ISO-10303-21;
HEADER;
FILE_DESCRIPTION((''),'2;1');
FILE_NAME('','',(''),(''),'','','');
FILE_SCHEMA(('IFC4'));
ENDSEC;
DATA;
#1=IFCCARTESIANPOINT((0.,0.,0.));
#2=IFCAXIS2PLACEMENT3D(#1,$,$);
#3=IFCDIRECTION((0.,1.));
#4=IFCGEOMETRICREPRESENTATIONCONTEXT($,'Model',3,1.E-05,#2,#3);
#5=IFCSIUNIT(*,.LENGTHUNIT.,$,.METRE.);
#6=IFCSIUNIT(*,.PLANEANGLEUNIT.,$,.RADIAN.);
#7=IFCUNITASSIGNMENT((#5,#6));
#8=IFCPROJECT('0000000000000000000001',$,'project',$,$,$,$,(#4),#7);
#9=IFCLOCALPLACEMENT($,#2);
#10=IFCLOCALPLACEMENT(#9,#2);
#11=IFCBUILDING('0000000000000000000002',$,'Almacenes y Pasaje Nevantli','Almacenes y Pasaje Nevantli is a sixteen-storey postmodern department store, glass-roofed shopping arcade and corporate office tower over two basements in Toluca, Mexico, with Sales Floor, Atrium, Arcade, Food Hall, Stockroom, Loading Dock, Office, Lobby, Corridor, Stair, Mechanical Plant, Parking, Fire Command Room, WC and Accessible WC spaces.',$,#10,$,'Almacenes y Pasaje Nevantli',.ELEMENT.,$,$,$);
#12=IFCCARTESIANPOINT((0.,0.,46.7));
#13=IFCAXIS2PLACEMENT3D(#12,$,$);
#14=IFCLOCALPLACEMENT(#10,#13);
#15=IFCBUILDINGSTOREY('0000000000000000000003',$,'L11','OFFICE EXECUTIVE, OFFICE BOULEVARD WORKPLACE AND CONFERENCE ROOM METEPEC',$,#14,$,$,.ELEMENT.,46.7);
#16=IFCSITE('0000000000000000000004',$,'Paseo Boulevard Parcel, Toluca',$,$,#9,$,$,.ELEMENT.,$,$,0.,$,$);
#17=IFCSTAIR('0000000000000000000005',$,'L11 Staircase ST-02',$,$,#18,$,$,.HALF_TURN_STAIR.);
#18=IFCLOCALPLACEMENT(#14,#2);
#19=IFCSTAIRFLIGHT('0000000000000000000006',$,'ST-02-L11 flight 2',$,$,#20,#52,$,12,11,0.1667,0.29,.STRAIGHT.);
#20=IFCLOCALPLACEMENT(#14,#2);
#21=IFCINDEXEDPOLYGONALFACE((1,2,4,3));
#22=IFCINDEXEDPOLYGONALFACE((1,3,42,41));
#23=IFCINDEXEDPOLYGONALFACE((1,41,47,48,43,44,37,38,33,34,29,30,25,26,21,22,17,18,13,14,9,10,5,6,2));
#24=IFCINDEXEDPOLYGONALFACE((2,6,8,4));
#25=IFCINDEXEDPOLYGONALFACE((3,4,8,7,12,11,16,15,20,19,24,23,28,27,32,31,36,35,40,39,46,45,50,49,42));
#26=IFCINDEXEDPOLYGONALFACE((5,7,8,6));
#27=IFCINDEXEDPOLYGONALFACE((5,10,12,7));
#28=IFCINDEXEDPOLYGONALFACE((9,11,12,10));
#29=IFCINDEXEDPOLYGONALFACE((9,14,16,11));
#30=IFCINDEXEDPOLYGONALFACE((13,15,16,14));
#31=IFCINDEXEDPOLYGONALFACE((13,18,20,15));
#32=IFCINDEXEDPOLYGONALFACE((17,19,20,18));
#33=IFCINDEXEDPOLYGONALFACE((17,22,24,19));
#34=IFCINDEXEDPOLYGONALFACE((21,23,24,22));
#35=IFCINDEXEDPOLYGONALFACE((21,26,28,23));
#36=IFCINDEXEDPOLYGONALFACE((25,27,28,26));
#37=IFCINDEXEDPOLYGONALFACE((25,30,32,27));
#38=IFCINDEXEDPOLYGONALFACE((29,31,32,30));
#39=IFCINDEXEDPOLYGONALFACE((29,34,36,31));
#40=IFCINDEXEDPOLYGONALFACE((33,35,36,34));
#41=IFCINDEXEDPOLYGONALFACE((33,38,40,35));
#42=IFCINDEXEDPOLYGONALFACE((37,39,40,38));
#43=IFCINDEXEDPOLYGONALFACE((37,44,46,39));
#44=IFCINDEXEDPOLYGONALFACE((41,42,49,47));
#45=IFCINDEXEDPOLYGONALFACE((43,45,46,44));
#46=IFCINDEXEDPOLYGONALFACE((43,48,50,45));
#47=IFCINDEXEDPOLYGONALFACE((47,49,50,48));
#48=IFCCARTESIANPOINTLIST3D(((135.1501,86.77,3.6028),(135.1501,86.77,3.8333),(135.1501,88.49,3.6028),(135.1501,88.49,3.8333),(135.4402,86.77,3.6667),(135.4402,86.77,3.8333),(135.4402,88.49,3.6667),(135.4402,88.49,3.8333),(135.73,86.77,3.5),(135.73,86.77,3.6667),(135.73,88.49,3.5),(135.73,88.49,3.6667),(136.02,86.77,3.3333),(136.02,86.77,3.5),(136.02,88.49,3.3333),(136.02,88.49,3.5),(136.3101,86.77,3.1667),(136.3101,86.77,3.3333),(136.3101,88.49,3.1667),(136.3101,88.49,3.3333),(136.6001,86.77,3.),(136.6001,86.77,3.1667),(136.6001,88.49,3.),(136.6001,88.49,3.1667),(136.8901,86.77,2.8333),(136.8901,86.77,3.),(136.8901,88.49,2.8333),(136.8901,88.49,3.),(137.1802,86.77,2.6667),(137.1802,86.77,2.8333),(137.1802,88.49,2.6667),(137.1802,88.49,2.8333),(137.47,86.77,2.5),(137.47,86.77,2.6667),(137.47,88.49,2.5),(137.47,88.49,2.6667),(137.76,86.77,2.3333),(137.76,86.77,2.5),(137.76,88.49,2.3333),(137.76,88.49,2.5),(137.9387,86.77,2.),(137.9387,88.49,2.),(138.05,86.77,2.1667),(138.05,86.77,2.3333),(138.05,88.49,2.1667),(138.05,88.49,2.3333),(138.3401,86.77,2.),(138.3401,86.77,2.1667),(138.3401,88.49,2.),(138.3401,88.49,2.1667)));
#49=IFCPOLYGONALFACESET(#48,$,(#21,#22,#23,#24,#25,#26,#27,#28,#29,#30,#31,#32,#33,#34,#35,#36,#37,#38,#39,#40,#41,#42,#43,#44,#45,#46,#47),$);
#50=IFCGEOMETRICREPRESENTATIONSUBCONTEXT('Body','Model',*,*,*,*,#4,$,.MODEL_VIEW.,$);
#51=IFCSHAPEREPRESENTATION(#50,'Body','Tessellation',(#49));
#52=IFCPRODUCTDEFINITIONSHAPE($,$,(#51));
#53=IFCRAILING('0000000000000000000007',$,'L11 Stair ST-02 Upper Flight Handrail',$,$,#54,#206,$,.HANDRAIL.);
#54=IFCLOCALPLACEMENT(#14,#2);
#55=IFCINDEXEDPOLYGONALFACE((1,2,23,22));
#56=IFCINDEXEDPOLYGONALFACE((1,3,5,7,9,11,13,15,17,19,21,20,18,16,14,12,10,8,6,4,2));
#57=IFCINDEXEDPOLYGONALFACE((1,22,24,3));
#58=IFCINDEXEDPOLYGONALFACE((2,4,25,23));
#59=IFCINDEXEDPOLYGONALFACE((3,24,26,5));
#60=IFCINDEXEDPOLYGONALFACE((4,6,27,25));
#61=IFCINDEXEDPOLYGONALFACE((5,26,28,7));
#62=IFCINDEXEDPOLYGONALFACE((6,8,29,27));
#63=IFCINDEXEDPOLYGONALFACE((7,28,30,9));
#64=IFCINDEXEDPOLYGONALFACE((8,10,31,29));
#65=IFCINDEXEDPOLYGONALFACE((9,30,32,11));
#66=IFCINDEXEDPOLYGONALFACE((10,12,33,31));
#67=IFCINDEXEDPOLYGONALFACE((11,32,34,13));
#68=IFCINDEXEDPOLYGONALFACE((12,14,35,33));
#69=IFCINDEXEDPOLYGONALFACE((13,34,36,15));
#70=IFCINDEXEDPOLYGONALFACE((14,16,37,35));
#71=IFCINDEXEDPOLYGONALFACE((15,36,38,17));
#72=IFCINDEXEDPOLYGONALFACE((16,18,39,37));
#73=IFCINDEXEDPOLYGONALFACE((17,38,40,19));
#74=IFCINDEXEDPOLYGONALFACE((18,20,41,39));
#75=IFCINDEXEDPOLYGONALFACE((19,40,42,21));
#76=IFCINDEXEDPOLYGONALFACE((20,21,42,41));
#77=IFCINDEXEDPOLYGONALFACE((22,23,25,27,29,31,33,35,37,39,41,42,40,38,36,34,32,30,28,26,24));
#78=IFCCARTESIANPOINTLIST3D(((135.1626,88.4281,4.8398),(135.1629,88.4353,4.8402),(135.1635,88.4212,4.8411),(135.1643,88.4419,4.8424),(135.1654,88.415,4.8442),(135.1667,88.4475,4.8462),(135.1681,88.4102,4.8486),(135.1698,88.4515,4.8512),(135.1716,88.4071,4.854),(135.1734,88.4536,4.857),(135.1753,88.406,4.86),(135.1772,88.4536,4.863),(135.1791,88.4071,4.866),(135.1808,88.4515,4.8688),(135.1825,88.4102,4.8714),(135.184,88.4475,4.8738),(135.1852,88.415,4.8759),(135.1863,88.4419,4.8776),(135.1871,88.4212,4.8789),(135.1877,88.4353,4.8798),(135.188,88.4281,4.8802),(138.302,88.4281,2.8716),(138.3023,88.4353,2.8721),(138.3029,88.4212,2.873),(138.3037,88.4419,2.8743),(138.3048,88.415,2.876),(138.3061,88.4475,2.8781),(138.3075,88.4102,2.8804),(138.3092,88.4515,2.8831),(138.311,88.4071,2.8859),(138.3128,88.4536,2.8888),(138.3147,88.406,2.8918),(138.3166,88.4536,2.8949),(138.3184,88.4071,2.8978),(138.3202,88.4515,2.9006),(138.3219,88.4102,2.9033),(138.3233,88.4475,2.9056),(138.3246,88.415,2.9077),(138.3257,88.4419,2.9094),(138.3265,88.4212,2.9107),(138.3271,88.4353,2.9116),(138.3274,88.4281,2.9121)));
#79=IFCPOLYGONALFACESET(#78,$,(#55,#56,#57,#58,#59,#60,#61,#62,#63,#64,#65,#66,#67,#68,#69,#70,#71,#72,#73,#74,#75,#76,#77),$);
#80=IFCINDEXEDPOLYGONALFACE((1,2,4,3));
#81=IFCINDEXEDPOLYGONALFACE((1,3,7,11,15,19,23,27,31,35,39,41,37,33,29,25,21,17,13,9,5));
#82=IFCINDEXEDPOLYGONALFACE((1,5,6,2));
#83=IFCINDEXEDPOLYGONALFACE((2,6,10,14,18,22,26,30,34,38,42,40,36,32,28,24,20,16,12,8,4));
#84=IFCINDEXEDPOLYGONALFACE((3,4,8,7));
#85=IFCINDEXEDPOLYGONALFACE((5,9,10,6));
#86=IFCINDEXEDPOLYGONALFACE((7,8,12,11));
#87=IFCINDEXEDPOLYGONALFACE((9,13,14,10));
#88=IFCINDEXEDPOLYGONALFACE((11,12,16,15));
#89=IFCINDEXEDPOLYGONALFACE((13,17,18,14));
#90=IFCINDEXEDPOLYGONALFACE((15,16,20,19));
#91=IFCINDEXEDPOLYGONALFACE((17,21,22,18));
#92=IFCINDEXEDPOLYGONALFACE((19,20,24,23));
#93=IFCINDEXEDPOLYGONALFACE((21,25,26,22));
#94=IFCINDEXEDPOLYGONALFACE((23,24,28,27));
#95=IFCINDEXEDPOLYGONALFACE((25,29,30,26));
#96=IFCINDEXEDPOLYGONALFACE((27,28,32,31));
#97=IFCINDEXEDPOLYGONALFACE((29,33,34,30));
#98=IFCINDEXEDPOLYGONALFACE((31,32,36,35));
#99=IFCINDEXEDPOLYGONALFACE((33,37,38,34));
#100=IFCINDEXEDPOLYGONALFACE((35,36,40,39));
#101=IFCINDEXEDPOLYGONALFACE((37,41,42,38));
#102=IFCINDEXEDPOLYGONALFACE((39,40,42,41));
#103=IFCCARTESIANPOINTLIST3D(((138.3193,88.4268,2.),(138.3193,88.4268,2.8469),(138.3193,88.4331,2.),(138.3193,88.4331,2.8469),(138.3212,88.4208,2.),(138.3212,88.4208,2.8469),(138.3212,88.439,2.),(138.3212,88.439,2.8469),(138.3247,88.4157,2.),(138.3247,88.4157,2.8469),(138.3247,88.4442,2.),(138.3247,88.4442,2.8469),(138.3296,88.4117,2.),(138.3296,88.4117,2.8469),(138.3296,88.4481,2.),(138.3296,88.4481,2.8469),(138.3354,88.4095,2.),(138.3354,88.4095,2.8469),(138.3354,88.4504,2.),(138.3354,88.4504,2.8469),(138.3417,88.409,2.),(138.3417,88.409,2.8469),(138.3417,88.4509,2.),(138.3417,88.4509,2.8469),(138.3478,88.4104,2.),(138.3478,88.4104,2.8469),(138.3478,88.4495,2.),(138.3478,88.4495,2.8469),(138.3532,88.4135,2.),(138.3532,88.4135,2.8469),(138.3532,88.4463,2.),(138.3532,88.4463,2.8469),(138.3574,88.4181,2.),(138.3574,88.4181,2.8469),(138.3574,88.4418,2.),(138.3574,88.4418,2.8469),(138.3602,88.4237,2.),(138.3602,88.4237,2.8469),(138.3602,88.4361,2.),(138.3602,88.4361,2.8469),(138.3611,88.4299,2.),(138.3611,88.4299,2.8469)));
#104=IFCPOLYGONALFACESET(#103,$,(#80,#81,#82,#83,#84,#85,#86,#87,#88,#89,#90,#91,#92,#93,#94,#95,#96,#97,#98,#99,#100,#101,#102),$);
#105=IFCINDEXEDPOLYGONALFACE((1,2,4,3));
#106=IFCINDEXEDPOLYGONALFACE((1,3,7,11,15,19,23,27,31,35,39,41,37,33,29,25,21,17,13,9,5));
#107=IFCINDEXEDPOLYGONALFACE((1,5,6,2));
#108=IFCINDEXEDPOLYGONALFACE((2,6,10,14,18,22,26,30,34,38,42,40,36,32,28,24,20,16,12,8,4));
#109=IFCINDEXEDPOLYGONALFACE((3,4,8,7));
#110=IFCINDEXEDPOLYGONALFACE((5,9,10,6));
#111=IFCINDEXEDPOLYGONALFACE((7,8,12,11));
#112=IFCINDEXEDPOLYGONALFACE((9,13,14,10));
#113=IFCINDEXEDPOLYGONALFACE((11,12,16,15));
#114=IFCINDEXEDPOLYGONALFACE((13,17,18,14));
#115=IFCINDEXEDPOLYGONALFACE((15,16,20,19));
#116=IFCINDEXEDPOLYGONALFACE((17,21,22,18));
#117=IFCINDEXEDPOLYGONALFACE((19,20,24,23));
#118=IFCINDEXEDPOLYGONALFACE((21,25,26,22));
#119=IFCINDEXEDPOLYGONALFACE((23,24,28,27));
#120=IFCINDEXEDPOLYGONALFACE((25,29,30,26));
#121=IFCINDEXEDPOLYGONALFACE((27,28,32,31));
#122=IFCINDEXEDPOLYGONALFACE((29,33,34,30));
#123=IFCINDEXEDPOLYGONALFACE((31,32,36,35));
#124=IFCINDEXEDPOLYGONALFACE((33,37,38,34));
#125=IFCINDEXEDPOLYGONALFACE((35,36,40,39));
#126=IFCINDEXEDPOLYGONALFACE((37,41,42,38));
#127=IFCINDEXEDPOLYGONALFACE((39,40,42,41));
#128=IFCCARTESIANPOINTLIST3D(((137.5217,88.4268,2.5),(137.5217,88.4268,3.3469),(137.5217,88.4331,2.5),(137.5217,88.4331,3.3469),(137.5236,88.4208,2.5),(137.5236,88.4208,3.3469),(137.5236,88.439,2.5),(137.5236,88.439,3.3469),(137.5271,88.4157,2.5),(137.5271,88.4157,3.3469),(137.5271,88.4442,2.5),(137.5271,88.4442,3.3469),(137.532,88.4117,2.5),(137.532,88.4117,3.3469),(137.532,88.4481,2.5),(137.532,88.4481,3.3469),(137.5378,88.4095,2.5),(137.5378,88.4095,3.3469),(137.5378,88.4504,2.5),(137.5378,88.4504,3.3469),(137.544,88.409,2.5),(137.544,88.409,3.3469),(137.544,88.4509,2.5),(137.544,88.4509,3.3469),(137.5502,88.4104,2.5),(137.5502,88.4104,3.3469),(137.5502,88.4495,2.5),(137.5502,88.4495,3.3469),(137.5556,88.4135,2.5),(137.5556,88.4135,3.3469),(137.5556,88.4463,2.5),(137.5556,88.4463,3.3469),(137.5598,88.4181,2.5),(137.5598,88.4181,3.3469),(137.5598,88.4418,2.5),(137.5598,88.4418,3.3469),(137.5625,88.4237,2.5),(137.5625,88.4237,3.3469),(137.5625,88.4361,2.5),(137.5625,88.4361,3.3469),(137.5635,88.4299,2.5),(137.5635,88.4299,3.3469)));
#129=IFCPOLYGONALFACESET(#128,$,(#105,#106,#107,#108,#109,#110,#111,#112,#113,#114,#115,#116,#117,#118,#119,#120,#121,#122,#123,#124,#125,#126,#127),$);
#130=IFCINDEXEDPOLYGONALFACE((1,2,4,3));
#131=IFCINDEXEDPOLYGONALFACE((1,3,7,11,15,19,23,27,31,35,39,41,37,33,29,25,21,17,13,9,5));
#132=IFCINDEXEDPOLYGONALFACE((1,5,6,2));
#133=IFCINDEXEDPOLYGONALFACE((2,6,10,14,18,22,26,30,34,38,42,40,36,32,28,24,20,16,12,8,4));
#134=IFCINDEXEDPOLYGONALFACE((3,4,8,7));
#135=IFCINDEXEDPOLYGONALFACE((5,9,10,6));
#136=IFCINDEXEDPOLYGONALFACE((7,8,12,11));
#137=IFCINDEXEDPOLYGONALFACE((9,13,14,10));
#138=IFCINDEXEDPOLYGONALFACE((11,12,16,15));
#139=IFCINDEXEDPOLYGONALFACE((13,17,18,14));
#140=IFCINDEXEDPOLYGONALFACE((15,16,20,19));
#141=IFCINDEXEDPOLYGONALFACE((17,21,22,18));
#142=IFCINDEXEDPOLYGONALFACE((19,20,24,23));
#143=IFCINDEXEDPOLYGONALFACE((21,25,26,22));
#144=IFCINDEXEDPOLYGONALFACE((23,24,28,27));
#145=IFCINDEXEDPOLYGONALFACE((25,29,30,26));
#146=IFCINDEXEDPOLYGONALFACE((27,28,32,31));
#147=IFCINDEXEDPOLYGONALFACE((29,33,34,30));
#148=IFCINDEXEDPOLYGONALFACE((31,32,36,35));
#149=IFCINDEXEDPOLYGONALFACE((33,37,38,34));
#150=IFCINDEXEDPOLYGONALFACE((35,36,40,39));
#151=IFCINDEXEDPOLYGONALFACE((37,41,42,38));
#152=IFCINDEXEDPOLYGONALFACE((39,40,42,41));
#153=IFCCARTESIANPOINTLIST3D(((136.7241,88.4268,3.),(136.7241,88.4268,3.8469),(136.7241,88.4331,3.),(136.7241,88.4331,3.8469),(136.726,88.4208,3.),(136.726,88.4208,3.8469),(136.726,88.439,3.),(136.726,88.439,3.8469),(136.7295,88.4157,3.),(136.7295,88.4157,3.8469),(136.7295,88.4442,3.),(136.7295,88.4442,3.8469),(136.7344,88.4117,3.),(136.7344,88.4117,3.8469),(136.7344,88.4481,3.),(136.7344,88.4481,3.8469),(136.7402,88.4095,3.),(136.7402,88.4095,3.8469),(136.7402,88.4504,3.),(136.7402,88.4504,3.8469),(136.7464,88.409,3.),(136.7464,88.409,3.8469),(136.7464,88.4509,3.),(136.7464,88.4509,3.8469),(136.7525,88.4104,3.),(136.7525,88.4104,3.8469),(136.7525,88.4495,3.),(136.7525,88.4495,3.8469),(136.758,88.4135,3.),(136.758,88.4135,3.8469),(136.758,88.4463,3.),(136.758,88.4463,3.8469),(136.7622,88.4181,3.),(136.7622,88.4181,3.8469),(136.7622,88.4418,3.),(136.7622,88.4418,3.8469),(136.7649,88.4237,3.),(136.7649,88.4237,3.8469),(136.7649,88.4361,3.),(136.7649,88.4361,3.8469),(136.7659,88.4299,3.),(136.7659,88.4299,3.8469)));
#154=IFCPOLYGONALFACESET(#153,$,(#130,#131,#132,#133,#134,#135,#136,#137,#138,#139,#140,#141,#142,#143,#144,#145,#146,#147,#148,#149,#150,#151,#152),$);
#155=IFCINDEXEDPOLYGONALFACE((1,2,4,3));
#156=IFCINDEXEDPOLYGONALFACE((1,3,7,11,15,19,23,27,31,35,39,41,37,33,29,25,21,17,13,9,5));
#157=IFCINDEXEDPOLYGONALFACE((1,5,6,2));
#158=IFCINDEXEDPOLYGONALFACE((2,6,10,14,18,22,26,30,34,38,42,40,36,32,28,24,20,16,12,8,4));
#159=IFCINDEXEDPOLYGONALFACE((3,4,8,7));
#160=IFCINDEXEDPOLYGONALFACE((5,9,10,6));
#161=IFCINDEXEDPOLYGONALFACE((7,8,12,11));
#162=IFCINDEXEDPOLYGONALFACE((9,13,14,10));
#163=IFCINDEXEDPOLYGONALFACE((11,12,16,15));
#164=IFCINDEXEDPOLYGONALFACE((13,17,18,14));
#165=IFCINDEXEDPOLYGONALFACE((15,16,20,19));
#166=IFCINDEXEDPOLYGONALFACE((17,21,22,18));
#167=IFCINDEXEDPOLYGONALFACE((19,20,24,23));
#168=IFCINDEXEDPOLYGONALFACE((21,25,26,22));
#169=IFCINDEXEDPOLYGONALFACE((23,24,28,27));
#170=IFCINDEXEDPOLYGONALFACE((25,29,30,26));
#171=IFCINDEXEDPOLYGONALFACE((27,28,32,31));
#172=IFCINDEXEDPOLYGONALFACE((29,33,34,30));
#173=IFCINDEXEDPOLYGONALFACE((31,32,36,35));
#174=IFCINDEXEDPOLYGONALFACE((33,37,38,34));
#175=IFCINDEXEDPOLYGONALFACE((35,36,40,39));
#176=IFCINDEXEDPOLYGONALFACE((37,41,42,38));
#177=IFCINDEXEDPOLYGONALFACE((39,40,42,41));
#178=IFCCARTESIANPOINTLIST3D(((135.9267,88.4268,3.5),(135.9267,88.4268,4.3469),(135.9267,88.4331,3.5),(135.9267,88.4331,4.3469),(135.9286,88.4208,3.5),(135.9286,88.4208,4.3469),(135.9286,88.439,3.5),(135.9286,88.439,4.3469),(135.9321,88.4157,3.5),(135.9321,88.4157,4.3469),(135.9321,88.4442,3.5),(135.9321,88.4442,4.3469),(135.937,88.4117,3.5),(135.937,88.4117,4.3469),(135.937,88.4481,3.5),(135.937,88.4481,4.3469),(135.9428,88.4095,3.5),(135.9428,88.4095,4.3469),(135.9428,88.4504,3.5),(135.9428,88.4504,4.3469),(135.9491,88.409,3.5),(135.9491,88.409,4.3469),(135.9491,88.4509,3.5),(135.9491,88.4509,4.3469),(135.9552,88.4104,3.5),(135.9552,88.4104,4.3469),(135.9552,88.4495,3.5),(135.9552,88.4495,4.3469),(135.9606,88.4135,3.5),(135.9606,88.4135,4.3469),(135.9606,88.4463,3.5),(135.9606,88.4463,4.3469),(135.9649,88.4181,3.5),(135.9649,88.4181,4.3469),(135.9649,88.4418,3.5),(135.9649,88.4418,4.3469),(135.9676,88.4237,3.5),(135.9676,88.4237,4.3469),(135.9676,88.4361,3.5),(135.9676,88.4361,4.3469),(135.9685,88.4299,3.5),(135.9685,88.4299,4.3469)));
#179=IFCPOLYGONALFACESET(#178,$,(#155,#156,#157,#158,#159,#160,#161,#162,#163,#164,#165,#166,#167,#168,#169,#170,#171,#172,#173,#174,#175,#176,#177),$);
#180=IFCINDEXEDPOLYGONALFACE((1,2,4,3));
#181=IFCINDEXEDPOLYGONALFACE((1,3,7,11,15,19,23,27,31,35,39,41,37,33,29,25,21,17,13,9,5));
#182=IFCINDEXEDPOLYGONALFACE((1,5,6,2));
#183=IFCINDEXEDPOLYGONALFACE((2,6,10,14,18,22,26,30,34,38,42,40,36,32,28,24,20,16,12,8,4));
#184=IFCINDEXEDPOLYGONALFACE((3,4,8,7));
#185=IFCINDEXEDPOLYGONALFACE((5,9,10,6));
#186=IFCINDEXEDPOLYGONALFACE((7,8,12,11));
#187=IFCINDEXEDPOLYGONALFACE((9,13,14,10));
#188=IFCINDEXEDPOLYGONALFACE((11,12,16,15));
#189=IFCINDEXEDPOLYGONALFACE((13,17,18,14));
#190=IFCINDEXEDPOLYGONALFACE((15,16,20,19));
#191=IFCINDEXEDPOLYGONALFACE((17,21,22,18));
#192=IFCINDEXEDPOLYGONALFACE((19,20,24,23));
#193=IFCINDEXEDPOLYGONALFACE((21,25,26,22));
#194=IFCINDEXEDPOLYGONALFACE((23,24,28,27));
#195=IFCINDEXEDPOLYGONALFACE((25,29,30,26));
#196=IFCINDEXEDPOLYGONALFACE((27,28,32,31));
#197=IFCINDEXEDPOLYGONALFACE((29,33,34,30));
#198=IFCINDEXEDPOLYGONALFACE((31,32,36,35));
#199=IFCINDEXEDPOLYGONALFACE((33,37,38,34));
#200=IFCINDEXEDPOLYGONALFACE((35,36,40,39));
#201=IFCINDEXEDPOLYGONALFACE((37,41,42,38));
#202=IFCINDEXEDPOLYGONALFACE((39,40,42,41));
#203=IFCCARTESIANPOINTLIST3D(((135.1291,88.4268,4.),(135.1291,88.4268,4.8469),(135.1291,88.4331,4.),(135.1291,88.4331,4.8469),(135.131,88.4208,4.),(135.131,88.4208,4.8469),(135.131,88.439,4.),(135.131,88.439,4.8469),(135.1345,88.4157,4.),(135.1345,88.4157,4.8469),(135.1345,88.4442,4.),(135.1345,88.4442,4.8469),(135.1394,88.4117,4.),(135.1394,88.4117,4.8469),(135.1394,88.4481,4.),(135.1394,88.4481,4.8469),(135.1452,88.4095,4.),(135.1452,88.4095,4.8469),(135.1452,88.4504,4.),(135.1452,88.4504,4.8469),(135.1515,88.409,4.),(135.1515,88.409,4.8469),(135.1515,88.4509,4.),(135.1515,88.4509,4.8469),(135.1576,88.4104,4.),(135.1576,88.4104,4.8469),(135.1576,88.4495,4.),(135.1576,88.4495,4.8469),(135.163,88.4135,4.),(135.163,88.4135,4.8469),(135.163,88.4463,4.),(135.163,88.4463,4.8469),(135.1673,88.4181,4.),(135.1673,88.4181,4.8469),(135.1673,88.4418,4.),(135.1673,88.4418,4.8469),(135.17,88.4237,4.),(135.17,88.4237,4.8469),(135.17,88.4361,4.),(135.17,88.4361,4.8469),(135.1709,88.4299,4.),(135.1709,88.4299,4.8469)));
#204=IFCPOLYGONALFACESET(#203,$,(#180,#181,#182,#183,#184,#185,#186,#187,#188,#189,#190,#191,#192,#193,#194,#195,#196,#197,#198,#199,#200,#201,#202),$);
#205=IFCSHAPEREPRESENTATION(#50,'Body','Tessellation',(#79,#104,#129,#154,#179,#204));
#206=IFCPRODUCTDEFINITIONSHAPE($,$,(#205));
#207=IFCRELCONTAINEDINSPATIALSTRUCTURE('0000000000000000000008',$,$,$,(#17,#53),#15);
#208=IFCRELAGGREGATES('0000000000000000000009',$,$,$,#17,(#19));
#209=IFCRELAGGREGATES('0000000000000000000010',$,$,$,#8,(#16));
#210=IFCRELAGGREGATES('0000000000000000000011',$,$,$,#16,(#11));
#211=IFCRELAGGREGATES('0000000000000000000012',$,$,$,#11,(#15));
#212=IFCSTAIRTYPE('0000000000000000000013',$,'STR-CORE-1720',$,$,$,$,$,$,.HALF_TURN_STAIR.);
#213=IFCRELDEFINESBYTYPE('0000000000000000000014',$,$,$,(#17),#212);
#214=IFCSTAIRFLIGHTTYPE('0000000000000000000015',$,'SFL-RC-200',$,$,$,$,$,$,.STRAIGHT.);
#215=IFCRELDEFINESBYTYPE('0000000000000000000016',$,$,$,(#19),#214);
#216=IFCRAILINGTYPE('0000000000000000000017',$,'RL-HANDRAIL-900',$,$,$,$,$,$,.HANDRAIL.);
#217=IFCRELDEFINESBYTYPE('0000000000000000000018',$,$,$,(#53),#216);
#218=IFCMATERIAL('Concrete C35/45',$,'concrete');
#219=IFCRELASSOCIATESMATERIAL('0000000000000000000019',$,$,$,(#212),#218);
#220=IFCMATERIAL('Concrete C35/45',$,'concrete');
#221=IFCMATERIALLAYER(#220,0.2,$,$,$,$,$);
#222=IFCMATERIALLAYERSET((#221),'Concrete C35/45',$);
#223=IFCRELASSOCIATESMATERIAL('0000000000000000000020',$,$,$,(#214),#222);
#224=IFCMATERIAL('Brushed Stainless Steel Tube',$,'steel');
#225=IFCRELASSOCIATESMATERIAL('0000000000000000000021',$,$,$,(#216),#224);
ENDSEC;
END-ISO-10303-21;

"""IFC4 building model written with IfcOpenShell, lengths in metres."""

from ifc_helpers import new_model, si_unit, direction, frame, origin, origin_2d, place, context, subcontext, project, spatial, polyline, circle, outline, extrude, material, layer, layer_set, type_object, element, aggregate, save


model = new_model("IFC4")

# Units and contexts
model_context = context("Model", 3, precision=1e-05, world=origin(), true_north=direction((0.0, 1.0)))
body_context = subcontext(model_context, "Body", "Model", "MODEL_VIEW")
ifc_project = project(units=[si_unit("LENGTHUNIT", "METRE"), si_unit("PLANEANGLEUNIT", "RADIAN")], contexts=[model_context])

# Site, building, storey
site_placement = place(None, origin())
site = spatial("IfcSite", under=ifc_project, at=site_placement, Name="Paseo Boulevard Parcel, Toluca", CompositionType="ELEMENT", RefElevation=0.0)
building_placement = place(site_placement, origin())
building = spatial("IfcBuilding", under=site, at=building_placement, Name="Almacenes y Pasaje Nevantli", Description="Almacenes y Pasaje Nevantli is a sixteen-storey postmodern department store, glass-roofed shopping arcade and corporate office tower over two basements in Toluca, Mexico, with Sales Floor, Atrium, Arcade, Food Hall, Stockroom, Loading Dock, Office, Lobby, Corridor, Stair, Mechanical Plant, Parking, Fire Command Room, WC and Accessible WC spaces.", LongName="Almacenes y Pasaje Nevantli", CompositionType="ELEMENT")
storey_placement = place(building_placement, frame((0.0, 0.0, 46.7)))
storey = spatial("IfcBuildingStorey", under=building, at=storey_placement, Name="L11", Description="OFFICE EXECUTIVE, OFFICE BOULEVARD WORKPLACE AND CONFERENCE ROOM METEPEC", CompositionType="ELEMENT", Elevation=46.7)

# Stair, stair flight
ifc_material_1 = material(Name="Concrete C35/45", Category="concrete")
stair_type = type_object("IfcStairType", Name="STR-CORE-1720", PredefinedType="HALF_TURN_STAIR", material=ifc_material_1)
stair_placement = place(storey_placement, origin())
stair = element("IfcStair", 1, at=stair_placement, inside=storey, type_object=stair_type, Name="L11 Staircase ST-02", PredefinedType="HALF_TURN_STAIR")
ifc_material_2 = material(Name="Concrete C35/45", Category="concrete")
ifc_layer_1 = layer(ifc_material_2, 0.2)
ifc_layer_set_1 = layer_set([ifc_layer_1], Name="Concrete C35/45")
stair_flight_type = type_object("IfcStairFlightType", Name="SFL-RC-200", PredefinedType="STRAIGHT", material=ifc_layer_set_1)
stair_flight_placement = place(storey_placement, frame((138.3401, 87.6299, 2.0), z_axis=(0.0, 0.0, 1.0), x_axis=(-1.0, 0.0, 0.0)))
stair_flight = element("IfcStairFlight", 2, at=stair_flight_placement, type_object=stair_flight_type, Name="ST-02-L11 flight 2", NumberOfRisers=12, NumberOfTreads=11, PredefinedType="STRAIGHT", RiserHeight=0.1667, TreadLength=0.29, context=body_context, shape_type="SweptSolid", body=[
    extrude(outline(polyline([(0.0, 0.0), (0.0, 0.1667), (0.29, 0.1667), (0.29, 0.3333), (0.5801, 0.3333), (0.5801, 0.5), (0.8701, 0.5), (0.8701, 0.6667), (1.1599, 0.6667), (1.1599, 0.8333), (1.45, 0.8333), (1.45, 1.0), (1.74, 1.0), (1.74, 1.1667), (2.03, 1.1667), (2.03, 1.3333), (2.3201, 1.3333), (2.3201, 1.5), (2.6101, 1.5), (2.6101, 1.6667), (2.8999, 1.6667), (2.8999, 1.8333), (3.1899, 1.8333), (3.1899, 2.0), (3.1899, 1.6028), (0.4014, 0.0), (0.0, 0.0)])), frame((0.0, 0.8599, 0.0), z_axis=(0.0, -1.0, 0.0), x_axis=(1.0, 0.0, 0.0)), (0.0, 0.0, 1.0), 1.72),
])
aggregate(stair, [stair_flight])

# Railing
ifc_material_3 = material(Name="Brushed Stainless Steel Tube", Category="steel")
railing_type = type_object("IfcRailingType", Name="RL-HANDRAIL-900", PredefinedType="HANDRAIL", material=ifc_material_3)
railing_placement = place(storey_placement, frame((138.3401, 88.4299, 2.0)))
element("IfcRailing", 3, at=railing_placement, inside=storey, type_object=railing_type, Name="L11 Stair ST-02 Upper Flight Handrail", PredefinedType="HANDRAIL", context=body_context, shape_type="SweptSolid", body=[
    extrude(circle(Radius=0.0239, at=origin_2d()), frame((-0.0254, 0.0, 0.8918), z_axis=(-0.847265, 0.0, 0.53117), x_axis=(0.0, -1.0, 0.0)), (0.0, 0.0, 1.0), 3.7053),
    extrude(circle(Radius=0.021, at=origin_2d()), origin(), (0.0, 0.0, 1.0), 0.8469),
    extrude(circle(Radius=0.021, at=origin_2d()), frame((-0.7976, 0.0, 0.5)), (0.0, 0.0, 1.0), 0.8469),
    extrude(circle(Radius=0.021, at=origin_2d()), frame((-1.5952, 0.0, 1.0)), (0.0, 0.0, 1.0), 0.8469),
    extrude(circle(Radius=0.021, at=origin_2d()), frame((-2.3926, 0.0, 1.5)), (0.0, 0.0, 1.0), 0.8469),
    extrude(circle(Radius=0.021, at=origin_2d()), frame((-3.1902, 0.0, 2.0)), (0.0, 0.0, 1.0), 0.8469),
])

save(model, "model.ifc")
